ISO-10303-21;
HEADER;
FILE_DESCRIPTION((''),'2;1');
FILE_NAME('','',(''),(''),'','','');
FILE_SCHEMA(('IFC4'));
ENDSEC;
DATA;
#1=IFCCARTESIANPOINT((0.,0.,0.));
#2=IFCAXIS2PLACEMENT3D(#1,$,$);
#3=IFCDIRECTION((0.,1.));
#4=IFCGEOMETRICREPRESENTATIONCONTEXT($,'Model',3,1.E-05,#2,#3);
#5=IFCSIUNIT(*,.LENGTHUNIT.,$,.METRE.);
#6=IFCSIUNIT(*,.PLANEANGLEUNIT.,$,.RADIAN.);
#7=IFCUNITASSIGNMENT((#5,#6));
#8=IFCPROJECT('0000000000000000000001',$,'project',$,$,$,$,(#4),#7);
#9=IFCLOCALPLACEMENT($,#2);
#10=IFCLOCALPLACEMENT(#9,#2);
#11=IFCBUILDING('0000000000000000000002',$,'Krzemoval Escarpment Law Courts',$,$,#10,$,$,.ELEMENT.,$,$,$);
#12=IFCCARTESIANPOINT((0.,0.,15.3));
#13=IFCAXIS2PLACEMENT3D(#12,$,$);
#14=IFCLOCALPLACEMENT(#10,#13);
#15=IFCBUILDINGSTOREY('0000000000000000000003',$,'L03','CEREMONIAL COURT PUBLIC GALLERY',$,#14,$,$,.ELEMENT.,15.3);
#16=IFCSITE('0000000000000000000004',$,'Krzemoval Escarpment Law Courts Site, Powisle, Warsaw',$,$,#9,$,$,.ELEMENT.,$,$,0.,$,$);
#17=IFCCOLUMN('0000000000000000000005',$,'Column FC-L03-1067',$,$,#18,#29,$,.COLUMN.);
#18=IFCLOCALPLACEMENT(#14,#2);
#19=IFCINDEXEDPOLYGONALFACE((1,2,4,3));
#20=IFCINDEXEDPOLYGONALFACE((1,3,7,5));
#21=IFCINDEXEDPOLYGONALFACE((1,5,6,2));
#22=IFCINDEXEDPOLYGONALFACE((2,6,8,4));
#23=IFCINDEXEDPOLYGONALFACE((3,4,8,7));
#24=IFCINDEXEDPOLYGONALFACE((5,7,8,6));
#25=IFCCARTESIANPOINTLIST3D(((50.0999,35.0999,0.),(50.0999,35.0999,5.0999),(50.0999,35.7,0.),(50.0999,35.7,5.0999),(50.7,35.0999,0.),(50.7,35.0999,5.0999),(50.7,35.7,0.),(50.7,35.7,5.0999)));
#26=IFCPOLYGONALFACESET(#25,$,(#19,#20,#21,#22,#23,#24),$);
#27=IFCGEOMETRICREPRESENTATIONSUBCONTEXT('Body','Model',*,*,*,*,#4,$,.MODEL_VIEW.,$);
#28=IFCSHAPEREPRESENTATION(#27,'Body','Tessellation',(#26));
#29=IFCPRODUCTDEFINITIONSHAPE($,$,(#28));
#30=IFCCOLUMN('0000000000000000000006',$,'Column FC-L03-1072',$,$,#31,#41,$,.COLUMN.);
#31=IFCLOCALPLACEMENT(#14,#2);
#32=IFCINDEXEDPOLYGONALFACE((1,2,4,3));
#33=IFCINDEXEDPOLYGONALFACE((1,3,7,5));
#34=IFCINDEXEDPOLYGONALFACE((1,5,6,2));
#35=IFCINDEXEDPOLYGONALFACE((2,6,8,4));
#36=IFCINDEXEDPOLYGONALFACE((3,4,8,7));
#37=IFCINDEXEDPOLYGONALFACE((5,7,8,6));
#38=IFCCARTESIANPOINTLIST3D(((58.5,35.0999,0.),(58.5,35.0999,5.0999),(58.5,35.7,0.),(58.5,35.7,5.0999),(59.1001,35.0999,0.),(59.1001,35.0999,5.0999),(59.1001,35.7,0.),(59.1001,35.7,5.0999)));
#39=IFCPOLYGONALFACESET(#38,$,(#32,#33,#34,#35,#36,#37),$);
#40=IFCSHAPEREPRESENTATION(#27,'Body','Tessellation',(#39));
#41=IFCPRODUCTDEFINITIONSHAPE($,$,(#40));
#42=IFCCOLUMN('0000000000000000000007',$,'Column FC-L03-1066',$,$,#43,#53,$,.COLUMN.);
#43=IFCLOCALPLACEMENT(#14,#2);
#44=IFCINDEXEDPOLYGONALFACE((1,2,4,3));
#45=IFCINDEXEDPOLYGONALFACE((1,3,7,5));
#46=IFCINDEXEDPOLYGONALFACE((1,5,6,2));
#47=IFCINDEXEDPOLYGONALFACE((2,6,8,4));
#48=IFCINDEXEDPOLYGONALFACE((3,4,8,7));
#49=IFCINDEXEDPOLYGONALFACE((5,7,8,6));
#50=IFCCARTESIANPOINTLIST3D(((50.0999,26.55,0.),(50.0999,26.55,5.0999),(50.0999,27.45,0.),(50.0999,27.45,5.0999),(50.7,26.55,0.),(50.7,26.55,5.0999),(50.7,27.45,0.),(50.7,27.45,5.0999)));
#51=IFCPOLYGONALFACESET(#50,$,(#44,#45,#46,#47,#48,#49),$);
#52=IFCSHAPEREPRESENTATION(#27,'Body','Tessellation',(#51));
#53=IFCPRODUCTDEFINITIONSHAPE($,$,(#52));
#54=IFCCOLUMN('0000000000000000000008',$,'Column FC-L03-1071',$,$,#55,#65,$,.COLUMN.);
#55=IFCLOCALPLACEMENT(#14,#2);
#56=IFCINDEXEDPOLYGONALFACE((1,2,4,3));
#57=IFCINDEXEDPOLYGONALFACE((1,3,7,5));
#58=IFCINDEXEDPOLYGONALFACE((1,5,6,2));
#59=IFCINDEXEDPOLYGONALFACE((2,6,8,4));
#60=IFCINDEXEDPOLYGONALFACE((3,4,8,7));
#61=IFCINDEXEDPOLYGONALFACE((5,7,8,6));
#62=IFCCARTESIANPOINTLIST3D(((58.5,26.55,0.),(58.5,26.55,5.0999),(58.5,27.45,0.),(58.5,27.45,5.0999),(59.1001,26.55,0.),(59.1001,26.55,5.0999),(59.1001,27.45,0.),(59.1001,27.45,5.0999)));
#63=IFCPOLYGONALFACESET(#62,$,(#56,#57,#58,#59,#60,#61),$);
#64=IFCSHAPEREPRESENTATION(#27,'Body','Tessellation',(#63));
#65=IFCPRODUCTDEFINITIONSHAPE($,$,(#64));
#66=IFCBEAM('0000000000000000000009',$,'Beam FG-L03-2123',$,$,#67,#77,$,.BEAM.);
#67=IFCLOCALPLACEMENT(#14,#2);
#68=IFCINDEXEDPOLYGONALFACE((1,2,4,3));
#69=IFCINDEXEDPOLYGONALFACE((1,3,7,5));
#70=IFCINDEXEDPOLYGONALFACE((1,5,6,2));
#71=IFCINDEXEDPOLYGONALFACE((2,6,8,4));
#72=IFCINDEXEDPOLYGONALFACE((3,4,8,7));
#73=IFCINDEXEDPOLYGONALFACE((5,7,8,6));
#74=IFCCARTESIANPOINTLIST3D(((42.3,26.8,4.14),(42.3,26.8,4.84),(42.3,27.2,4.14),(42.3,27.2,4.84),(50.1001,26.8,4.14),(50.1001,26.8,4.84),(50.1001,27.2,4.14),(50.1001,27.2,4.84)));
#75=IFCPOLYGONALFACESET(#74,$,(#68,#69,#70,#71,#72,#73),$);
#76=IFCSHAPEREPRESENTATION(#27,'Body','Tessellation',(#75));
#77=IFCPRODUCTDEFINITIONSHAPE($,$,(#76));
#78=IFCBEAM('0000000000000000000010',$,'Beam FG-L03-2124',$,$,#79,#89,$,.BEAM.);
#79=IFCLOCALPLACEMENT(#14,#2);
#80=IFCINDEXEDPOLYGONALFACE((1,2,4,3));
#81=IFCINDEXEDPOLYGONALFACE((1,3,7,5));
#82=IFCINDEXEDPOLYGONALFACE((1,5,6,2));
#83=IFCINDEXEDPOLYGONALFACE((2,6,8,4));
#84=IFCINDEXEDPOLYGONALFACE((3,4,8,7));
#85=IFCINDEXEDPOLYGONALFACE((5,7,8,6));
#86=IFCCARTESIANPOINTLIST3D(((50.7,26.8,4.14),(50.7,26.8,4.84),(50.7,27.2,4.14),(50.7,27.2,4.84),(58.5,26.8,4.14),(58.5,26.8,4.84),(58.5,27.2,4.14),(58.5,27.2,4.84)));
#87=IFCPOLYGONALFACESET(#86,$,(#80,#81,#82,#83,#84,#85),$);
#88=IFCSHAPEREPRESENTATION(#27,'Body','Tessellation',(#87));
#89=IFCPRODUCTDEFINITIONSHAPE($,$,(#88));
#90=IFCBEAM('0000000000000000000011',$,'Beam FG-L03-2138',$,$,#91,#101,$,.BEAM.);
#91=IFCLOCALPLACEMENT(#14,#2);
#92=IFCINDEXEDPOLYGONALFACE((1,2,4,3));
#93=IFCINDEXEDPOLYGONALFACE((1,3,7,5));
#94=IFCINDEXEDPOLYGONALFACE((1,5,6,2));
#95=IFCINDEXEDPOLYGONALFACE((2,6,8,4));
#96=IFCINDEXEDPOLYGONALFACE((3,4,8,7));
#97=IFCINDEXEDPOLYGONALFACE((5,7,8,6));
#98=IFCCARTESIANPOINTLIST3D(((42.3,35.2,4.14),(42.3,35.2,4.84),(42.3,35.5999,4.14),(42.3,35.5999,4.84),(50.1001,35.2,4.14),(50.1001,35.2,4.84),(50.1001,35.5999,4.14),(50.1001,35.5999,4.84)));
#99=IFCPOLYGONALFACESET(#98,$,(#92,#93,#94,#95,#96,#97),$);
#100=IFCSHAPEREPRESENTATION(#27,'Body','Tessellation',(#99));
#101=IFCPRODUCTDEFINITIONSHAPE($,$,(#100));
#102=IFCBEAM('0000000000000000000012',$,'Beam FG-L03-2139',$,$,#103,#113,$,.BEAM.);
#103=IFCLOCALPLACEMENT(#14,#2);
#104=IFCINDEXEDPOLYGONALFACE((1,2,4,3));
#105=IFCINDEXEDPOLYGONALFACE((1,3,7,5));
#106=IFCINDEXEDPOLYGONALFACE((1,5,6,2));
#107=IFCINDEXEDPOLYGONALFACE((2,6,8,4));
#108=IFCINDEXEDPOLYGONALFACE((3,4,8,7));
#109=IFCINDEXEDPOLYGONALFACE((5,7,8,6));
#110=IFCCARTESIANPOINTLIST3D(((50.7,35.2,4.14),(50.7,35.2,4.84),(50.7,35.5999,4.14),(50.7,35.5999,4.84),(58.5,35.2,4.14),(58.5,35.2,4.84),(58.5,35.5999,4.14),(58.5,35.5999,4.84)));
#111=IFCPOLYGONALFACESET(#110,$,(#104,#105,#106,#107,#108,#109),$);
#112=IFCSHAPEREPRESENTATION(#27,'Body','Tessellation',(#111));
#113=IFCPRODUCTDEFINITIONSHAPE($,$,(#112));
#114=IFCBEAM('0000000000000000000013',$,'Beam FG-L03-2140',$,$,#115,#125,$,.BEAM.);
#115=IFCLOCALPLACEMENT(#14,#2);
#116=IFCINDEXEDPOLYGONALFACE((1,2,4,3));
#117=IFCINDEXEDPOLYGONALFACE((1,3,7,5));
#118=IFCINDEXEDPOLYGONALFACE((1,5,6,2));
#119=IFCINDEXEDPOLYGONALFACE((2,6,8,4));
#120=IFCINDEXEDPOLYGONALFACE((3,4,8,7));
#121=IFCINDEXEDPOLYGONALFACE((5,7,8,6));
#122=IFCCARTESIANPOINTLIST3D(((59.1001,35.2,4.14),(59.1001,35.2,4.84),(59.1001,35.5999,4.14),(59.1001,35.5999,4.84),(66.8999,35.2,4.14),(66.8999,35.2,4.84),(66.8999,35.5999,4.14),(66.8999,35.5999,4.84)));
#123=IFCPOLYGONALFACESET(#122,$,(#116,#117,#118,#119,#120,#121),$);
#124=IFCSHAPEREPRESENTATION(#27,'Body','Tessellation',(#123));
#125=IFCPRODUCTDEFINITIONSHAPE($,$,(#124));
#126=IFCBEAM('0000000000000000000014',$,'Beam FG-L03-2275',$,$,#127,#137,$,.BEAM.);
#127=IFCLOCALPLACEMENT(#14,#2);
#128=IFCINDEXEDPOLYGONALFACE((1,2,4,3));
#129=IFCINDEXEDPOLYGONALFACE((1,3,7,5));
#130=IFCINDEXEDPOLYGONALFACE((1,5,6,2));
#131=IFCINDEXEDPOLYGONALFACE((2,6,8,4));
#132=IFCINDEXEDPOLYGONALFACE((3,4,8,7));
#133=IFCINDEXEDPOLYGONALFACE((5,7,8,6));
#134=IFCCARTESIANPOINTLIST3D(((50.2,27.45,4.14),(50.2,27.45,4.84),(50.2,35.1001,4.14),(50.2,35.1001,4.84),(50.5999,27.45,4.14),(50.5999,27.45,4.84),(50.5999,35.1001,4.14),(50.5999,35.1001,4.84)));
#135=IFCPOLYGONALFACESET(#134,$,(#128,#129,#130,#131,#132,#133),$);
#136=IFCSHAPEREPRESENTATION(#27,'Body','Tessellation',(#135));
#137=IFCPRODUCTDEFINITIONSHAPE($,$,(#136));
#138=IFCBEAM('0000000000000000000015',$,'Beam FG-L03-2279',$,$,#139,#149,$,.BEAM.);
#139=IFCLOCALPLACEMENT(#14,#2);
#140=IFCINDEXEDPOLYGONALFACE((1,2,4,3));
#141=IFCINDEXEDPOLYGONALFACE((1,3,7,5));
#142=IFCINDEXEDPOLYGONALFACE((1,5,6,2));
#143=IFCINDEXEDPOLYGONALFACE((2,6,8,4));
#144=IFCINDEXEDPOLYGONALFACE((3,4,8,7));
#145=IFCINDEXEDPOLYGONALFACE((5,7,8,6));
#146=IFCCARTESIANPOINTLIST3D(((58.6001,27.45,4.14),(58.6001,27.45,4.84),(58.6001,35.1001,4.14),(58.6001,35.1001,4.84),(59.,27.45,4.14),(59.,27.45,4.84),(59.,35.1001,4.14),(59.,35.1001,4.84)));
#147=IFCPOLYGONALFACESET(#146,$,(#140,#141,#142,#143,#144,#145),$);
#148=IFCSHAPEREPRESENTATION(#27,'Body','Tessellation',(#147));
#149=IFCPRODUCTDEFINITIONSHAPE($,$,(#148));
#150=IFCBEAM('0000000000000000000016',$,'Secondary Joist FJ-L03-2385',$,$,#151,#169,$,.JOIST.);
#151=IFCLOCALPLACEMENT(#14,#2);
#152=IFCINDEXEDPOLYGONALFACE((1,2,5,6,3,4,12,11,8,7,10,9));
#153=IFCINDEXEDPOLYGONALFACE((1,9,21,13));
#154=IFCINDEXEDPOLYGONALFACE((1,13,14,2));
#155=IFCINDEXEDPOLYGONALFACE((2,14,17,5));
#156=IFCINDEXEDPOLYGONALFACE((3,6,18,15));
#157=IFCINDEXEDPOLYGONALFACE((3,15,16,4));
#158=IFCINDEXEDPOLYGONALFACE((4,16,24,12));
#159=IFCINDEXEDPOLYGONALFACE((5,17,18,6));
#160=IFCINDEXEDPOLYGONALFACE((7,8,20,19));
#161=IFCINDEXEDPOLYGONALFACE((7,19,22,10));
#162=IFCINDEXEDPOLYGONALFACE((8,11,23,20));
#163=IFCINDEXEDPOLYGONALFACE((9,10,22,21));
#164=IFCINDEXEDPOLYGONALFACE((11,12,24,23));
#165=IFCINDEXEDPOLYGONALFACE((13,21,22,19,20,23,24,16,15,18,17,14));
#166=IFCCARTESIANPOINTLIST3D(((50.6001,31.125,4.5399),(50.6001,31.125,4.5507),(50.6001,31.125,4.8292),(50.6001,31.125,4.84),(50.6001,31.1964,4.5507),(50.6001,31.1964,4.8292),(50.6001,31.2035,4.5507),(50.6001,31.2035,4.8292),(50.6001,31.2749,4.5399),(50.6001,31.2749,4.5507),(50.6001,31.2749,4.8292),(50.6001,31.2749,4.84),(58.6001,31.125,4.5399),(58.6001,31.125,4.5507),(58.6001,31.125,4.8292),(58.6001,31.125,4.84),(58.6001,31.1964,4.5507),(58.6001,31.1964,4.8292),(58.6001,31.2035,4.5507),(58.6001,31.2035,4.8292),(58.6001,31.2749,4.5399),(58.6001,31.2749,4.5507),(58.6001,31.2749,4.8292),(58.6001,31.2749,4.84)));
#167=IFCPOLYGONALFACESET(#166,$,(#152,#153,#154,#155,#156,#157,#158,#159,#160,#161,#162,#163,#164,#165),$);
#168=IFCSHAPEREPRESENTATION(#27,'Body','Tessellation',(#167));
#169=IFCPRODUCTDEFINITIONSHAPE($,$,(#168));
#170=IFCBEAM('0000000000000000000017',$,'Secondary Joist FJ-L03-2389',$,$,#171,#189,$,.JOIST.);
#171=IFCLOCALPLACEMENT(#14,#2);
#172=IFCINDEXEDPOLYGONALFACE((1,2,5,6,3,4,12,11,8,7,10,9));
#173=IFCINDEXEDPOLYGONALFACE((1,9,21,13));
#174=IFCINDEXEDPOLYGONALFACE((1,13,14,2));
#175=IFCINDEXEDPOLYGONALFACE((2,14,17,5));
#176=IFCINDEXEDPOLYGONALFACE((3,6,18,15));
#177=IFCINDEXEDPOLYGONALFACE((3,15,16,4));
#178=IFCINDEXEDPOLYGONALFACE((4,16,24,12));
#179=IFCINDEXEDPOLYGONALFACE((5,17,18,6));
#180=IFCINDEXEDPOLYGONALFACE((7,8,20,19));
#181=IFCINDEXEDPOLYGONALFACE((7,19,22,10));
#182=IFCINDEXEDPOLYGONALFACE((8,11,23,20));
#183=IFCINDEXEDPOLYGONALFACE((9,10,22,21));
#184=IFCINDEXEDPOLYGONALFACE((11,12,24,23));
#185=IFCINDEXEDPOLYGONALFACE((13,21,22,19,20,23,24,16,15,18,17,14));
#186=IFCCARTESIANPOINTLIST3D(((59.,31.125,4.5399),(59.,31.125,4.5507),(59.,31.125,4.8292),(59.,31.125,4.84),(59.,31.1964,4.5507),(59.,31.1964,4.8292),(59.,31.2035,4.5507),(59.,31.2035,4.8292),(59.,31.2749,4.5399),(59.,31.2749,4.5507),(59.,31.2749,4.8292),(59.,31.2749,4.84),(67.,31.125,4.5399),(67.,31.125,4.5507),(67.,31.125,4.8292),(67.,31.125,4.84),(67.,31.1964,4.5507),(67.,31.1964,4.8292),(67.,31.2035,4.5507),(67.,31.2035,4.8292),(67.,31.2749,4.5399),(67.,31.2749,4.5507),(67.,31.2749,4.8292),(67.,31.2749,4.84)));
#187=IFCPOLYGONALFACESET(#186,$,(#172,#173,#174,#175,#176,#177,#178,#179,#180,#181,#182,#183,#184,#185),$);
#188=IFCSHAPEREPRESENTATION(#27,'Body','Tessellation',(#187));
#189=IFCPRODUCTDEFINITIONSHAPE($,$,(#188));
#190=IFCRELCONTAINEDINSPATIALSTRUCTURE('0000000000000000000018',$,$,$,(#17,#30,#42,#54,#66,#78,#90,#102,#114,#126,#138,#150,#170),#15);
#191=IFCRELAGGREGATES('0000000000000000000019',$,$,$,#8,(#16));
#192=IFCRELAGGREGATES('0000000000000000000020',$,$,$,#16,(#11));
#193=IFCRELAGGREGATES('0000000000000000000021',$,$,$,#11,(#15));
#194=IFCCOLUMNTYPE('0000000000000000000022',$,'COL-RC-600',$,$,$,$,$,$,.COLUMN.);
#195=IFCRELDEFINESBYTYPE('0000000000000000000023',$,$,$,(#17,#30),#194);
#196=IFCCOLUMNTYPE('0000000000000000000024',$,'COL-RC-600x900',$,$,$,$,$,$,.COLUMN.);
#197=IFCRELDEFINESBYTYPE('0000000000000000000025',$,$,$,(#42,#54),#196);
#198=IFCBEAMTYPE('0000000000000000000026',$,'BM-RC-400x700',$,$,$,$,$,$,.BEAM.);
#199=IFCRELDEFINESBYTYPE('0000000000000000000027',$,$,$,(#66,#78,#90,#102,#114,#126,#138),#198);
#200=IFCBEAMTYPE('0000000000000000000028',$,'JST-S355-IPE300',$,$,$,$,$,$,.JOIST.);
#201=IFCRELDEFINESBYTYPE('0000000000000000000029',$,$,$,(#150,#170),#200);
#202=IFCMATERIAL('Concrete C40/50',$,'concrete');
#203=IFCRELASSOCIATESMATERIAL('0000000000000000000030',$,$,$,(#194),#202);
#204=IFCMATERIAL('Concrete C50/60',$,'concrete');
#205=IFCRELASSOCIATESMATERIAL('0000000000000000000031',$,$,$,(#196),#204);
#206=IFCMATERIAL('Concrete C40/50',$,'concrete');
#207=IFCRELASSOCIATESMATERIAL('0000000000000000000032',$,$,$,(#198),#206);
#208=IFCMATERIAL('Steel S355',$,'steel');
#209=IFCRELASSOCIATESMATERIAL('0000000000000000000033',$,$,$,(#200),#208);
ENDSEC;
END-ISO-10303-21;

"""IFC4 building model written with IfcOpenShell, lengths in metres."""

from ifc_helpers import new_model, si_unit, direction, frame, origin, origin_2d, place, context, subcontext, project, spatial, rectangle, i_section, extrude, material, material_profile, profile_set, type_object, element, save


model = new_model("IFC4")

# Units and contexts
model_context = context("Model", 3, precision=1e-05, world=origin(), true_north=direction((0.0, 1.0)))
body_context = subcontext(model_context, "Body", "Model", "MODEL_VIEW")
ifc_project = project(units=[si_unit("LENGTHUNIT", "METRE"), si_unit("PLANEANGLEUNIT", "RADIAN")], contexts=[model_context])

# Site, building, storey
site_placement = place(None, origin())
site = spatial("IfcSite", under=ifc_project, at=site_placement, Name="Krzemoval Escarpment Law Courts Site, Powisle, Warsaw", CompositionType="ELEMENT", RefElevation=0.0)
building_placement = place(site_placement, origin())
building = spatial("IfcBuilding", under=site, at=building_placement, Name="Krzemoval Escarpment Law Courts", CompositionType="ELEMENT")
storey_placement = place(building_placement, frame((0.0, 0.0, 15.3)))
storey = spatial("IfcBuildingStorey", under=building, at=storey_placement, Name="L03", Description="CEREMONIAL COURT PUBLIC GALLERY", CompositionType="ELEMENT", Elevation=15.3)

# Columns
ifc_material_1 = material(Name="Concrete C40/50", Category="concrete")
ifc_material_profile_1 = material_profile(ifc_material_1, rectangle(XDim=0.6001, YDim=0.6001, at=origin_2d()), Name="RC 600x600")
ifc_profile_set_1 = profile_set([ifc_material_profile_1], Name="Concrete C40/50")
column_type_1 = type_object("IfcColumnType", Name="COL-RC-600", PredefinedType="COLUMN", material=ifc_profile_set_1)
for number, where, z_axis, x_axis, name in (
    (1, (50.3999, 35.3999, 0.0), (0.0, 0.0, 1.0), (1.0, 0.0, 0.0), "Column FC-L03-1067"),
    (2, (58.8, 35.3999, 0.0), (0.0, 0.0, 1.0), (1.0, 0.0, 0.0), "Column FC-L03-1072"),
):
    element("IfcColumn", number, at=place(storey_placement, frame(where, z_axis=z_axis, x_axis=x_axis)), inside=storey, type_object=column_type_1, Name=name, PredefinedType="COLUMN", context=body_context, shape_type="SweptSolid", body=[
        extrude(rectangle(XDim=0.6001, YDim=0.6001, at=origin_2d()), origin(), (0.0, 0.0, 1.0), 5.0999),
    ])
ifc_material_2 = material(Name="Concrete C50/60", Category="concrete")
ifc_material_profile_2 = material_profile(ifc_material_2, rectangle(XDim=0.6001, YDim=0.8999, at=origin_2d()), Name="RC 600x900")
ifc_profile_set_2 = profile_set([ifc_material_profile_2], Name="Concrete C50/60")
column_type_2 = type_object("IfcColumnType", Name="COL-RC-600x900", PredefinedType="COLUMN", material=ifc_profile_set_2)
for number, where, z_axis, x_axis, name in (
    (3, (50.3999, 27.0, 0.0), (0.0, 0.0, 1.0), (1.0, 0.0, 0.0), "Column FC-L03-1066"),
    (4, (58.8, 27.0, 0.0), (0.0, 0.0, 1.0), (1.0, 0.0, 0.0), "Column FC-L03-1071"),
):
    element("IfcColumn", number, at=place(storey_placement, frame(where, z_axis=z_axis, x_axis=x_axis)), inside=storey, type_object=column_type_2, Name=name, PredefinedType="COLUMN", context=body_context, shape_type="SweptSolid", body=[
        extrude(rectangle(XDim=0.6001, YDim=0.8999, at=origin_2d()), origin(), (0.0, 0.0, 1.0), 5.0999),
    ])

# Beams
ifc_material_3 = material(Name="Concrete C40/50", Category="concrete")
ifc_material_profile_3 = material_profile(ifc_material_3, rectangle(XDim=0.3999, YDim=0.7, at=origin_2d()), Name="RCB 400x700")
ifc_profile_set_3 = profile_set([ifc_material_profile_3], Name="Concrete C40/50")
beam_type_1 = type_object("IfcBeamType", Name="BM-RC-400x700", PredefinedType="BEAM", material=ifc_profile_set_3)
for number, where, z_axis, x_axis, name in (
    (5, (42.3, 27.0, 4.49), (1.0, 0.0, 0.0), (0.0, 1.0, 0.0), "Beam FG-L03-2123"),
    (6, (50.7, 27.0, 4.49), (1.0, 0.0, 0.0), (0.0, 1.0, 0.0), "Beam FG-L03-2124"),
    (7, (42.3, 35.3999, 4.49), (1.0, 0.0, 0.0), (0.0, 1.0, 0.0), "Beam FG-L03-2138"),
    (8, (50.7, 35.3999, 4.49), (1.0, 0.0, 0.0), (0.0, 1.0, 0.0), "Beam FG-L03-2139"),
):
    element("IfcBeam", number, at=place(storey_placement, frame(where, z_axis=z_axis, x_axis=x_axis)), inside=storey, type_object=beam_type_1, Name=name, PredefinedType="BEAM", context=body_context, shape_type="SweptSolid", body=[
        extrude(rectangle(XDim=0.3999, YDim=0.7, at=origin_2d()), origin(), (0.0, 0.0, 1.0), 7.8),
    ])
beam_placement = place(storey_placement, frame((59.1001, 35.3999, 4.49), z_axis=(1.0, 0.0, 0.0), x_axis=(0.0, 1.0, 0.0)))
element("IfcBeam", 9, at=beam_placement, inside=storey, type_object=beam_type_1, Name="Beam FG-L03-2140", PredefinedType="BEAM", context=body_context, shape_type="SweptSolid", body=[
    extrude(rectangle(XDim=0.3999, YDim=0.7, at=origin_2d()), origin(), (0.0, 0.0, 1.0), 7.7998),
])
for number, where, z_axis, x_axis, name in (
    (10, (50.3999, 27.45, 4.49), (0.0, 1.0, 0.0), (-1.0, 0.0, 0.0), "Beam FG-L03-2275"),
    (11, (58.8, 27.45, 4.49), (0.0, 1.0, 0.0), (-1.0, 0.0, 0.0), "Beam FG-L03-2279"),
):
    element("IfcBeam", number, at=place(storey_placement, frame(where, z_axis=z_axis, x_axis=x_axis)), inside=storey, type_object=beam_type_1, Name=name, PredefinedType="BEAM", context=body_context, shape_type="SweptSolid", body=[
        extrude(rectangle(XDim=0.3999, YDim=0.7, at=origin_2d()), origin(), (0.0, 0.0, 1.0), 7.6501),
    ])
ifc_material_4 = material(Name="Steel S355", Category="steel")
ifc_material_profile_4 = material_profile(ifc_material_4, i_section(OverallWidth=0.1499, OverallDepth=0.3, WebThickness=0.0071, FlangeThickness=0.0107, at=origin_2d()), Name="IPE 300")
ifc_profile_set_4 = profile_set([ifc_material_profile_4], Name="Steel S355")
beam_type_2 = type_object("IfcBeamType", Name="JST-S355-IPE300", PredefinedType="JOIST", material=ifc_profile_set_4)
for number, where, z_axis, x_axis, name in (
    (12, (50.6001, 31.2, 4.6899), (1.0, 0.0, 0.0), (0.0, 1.0, 0.0), "Secondary Joist FJ-L03-2385"),
    (13, (59.0, 31.2, 4.6899), (1.0, 0.0, 0.0), (0.0, 1.0, 0.0), "Secondary Joist FJ-L03-2389"),
):
    element("IfcBeam", number, at=place(storey_placement, frame(where, z_axis=z_axis, x_axis=x_axis)), inside=storey, type_object=beam_type_2, Name=name, PredefinedType="JOIST", context=body_context, shape_type="SweptSolid", body=[
        extrude(i_section(OverallWidth=0.1499, OverallDepth=0.3, WebThickness=0.0071, FlangeThickness=0.0107, at=origin_2d()), origin(), (0.0, 0.0, 1.0), 8.0),
    ])

save(model, "model.ifc")
